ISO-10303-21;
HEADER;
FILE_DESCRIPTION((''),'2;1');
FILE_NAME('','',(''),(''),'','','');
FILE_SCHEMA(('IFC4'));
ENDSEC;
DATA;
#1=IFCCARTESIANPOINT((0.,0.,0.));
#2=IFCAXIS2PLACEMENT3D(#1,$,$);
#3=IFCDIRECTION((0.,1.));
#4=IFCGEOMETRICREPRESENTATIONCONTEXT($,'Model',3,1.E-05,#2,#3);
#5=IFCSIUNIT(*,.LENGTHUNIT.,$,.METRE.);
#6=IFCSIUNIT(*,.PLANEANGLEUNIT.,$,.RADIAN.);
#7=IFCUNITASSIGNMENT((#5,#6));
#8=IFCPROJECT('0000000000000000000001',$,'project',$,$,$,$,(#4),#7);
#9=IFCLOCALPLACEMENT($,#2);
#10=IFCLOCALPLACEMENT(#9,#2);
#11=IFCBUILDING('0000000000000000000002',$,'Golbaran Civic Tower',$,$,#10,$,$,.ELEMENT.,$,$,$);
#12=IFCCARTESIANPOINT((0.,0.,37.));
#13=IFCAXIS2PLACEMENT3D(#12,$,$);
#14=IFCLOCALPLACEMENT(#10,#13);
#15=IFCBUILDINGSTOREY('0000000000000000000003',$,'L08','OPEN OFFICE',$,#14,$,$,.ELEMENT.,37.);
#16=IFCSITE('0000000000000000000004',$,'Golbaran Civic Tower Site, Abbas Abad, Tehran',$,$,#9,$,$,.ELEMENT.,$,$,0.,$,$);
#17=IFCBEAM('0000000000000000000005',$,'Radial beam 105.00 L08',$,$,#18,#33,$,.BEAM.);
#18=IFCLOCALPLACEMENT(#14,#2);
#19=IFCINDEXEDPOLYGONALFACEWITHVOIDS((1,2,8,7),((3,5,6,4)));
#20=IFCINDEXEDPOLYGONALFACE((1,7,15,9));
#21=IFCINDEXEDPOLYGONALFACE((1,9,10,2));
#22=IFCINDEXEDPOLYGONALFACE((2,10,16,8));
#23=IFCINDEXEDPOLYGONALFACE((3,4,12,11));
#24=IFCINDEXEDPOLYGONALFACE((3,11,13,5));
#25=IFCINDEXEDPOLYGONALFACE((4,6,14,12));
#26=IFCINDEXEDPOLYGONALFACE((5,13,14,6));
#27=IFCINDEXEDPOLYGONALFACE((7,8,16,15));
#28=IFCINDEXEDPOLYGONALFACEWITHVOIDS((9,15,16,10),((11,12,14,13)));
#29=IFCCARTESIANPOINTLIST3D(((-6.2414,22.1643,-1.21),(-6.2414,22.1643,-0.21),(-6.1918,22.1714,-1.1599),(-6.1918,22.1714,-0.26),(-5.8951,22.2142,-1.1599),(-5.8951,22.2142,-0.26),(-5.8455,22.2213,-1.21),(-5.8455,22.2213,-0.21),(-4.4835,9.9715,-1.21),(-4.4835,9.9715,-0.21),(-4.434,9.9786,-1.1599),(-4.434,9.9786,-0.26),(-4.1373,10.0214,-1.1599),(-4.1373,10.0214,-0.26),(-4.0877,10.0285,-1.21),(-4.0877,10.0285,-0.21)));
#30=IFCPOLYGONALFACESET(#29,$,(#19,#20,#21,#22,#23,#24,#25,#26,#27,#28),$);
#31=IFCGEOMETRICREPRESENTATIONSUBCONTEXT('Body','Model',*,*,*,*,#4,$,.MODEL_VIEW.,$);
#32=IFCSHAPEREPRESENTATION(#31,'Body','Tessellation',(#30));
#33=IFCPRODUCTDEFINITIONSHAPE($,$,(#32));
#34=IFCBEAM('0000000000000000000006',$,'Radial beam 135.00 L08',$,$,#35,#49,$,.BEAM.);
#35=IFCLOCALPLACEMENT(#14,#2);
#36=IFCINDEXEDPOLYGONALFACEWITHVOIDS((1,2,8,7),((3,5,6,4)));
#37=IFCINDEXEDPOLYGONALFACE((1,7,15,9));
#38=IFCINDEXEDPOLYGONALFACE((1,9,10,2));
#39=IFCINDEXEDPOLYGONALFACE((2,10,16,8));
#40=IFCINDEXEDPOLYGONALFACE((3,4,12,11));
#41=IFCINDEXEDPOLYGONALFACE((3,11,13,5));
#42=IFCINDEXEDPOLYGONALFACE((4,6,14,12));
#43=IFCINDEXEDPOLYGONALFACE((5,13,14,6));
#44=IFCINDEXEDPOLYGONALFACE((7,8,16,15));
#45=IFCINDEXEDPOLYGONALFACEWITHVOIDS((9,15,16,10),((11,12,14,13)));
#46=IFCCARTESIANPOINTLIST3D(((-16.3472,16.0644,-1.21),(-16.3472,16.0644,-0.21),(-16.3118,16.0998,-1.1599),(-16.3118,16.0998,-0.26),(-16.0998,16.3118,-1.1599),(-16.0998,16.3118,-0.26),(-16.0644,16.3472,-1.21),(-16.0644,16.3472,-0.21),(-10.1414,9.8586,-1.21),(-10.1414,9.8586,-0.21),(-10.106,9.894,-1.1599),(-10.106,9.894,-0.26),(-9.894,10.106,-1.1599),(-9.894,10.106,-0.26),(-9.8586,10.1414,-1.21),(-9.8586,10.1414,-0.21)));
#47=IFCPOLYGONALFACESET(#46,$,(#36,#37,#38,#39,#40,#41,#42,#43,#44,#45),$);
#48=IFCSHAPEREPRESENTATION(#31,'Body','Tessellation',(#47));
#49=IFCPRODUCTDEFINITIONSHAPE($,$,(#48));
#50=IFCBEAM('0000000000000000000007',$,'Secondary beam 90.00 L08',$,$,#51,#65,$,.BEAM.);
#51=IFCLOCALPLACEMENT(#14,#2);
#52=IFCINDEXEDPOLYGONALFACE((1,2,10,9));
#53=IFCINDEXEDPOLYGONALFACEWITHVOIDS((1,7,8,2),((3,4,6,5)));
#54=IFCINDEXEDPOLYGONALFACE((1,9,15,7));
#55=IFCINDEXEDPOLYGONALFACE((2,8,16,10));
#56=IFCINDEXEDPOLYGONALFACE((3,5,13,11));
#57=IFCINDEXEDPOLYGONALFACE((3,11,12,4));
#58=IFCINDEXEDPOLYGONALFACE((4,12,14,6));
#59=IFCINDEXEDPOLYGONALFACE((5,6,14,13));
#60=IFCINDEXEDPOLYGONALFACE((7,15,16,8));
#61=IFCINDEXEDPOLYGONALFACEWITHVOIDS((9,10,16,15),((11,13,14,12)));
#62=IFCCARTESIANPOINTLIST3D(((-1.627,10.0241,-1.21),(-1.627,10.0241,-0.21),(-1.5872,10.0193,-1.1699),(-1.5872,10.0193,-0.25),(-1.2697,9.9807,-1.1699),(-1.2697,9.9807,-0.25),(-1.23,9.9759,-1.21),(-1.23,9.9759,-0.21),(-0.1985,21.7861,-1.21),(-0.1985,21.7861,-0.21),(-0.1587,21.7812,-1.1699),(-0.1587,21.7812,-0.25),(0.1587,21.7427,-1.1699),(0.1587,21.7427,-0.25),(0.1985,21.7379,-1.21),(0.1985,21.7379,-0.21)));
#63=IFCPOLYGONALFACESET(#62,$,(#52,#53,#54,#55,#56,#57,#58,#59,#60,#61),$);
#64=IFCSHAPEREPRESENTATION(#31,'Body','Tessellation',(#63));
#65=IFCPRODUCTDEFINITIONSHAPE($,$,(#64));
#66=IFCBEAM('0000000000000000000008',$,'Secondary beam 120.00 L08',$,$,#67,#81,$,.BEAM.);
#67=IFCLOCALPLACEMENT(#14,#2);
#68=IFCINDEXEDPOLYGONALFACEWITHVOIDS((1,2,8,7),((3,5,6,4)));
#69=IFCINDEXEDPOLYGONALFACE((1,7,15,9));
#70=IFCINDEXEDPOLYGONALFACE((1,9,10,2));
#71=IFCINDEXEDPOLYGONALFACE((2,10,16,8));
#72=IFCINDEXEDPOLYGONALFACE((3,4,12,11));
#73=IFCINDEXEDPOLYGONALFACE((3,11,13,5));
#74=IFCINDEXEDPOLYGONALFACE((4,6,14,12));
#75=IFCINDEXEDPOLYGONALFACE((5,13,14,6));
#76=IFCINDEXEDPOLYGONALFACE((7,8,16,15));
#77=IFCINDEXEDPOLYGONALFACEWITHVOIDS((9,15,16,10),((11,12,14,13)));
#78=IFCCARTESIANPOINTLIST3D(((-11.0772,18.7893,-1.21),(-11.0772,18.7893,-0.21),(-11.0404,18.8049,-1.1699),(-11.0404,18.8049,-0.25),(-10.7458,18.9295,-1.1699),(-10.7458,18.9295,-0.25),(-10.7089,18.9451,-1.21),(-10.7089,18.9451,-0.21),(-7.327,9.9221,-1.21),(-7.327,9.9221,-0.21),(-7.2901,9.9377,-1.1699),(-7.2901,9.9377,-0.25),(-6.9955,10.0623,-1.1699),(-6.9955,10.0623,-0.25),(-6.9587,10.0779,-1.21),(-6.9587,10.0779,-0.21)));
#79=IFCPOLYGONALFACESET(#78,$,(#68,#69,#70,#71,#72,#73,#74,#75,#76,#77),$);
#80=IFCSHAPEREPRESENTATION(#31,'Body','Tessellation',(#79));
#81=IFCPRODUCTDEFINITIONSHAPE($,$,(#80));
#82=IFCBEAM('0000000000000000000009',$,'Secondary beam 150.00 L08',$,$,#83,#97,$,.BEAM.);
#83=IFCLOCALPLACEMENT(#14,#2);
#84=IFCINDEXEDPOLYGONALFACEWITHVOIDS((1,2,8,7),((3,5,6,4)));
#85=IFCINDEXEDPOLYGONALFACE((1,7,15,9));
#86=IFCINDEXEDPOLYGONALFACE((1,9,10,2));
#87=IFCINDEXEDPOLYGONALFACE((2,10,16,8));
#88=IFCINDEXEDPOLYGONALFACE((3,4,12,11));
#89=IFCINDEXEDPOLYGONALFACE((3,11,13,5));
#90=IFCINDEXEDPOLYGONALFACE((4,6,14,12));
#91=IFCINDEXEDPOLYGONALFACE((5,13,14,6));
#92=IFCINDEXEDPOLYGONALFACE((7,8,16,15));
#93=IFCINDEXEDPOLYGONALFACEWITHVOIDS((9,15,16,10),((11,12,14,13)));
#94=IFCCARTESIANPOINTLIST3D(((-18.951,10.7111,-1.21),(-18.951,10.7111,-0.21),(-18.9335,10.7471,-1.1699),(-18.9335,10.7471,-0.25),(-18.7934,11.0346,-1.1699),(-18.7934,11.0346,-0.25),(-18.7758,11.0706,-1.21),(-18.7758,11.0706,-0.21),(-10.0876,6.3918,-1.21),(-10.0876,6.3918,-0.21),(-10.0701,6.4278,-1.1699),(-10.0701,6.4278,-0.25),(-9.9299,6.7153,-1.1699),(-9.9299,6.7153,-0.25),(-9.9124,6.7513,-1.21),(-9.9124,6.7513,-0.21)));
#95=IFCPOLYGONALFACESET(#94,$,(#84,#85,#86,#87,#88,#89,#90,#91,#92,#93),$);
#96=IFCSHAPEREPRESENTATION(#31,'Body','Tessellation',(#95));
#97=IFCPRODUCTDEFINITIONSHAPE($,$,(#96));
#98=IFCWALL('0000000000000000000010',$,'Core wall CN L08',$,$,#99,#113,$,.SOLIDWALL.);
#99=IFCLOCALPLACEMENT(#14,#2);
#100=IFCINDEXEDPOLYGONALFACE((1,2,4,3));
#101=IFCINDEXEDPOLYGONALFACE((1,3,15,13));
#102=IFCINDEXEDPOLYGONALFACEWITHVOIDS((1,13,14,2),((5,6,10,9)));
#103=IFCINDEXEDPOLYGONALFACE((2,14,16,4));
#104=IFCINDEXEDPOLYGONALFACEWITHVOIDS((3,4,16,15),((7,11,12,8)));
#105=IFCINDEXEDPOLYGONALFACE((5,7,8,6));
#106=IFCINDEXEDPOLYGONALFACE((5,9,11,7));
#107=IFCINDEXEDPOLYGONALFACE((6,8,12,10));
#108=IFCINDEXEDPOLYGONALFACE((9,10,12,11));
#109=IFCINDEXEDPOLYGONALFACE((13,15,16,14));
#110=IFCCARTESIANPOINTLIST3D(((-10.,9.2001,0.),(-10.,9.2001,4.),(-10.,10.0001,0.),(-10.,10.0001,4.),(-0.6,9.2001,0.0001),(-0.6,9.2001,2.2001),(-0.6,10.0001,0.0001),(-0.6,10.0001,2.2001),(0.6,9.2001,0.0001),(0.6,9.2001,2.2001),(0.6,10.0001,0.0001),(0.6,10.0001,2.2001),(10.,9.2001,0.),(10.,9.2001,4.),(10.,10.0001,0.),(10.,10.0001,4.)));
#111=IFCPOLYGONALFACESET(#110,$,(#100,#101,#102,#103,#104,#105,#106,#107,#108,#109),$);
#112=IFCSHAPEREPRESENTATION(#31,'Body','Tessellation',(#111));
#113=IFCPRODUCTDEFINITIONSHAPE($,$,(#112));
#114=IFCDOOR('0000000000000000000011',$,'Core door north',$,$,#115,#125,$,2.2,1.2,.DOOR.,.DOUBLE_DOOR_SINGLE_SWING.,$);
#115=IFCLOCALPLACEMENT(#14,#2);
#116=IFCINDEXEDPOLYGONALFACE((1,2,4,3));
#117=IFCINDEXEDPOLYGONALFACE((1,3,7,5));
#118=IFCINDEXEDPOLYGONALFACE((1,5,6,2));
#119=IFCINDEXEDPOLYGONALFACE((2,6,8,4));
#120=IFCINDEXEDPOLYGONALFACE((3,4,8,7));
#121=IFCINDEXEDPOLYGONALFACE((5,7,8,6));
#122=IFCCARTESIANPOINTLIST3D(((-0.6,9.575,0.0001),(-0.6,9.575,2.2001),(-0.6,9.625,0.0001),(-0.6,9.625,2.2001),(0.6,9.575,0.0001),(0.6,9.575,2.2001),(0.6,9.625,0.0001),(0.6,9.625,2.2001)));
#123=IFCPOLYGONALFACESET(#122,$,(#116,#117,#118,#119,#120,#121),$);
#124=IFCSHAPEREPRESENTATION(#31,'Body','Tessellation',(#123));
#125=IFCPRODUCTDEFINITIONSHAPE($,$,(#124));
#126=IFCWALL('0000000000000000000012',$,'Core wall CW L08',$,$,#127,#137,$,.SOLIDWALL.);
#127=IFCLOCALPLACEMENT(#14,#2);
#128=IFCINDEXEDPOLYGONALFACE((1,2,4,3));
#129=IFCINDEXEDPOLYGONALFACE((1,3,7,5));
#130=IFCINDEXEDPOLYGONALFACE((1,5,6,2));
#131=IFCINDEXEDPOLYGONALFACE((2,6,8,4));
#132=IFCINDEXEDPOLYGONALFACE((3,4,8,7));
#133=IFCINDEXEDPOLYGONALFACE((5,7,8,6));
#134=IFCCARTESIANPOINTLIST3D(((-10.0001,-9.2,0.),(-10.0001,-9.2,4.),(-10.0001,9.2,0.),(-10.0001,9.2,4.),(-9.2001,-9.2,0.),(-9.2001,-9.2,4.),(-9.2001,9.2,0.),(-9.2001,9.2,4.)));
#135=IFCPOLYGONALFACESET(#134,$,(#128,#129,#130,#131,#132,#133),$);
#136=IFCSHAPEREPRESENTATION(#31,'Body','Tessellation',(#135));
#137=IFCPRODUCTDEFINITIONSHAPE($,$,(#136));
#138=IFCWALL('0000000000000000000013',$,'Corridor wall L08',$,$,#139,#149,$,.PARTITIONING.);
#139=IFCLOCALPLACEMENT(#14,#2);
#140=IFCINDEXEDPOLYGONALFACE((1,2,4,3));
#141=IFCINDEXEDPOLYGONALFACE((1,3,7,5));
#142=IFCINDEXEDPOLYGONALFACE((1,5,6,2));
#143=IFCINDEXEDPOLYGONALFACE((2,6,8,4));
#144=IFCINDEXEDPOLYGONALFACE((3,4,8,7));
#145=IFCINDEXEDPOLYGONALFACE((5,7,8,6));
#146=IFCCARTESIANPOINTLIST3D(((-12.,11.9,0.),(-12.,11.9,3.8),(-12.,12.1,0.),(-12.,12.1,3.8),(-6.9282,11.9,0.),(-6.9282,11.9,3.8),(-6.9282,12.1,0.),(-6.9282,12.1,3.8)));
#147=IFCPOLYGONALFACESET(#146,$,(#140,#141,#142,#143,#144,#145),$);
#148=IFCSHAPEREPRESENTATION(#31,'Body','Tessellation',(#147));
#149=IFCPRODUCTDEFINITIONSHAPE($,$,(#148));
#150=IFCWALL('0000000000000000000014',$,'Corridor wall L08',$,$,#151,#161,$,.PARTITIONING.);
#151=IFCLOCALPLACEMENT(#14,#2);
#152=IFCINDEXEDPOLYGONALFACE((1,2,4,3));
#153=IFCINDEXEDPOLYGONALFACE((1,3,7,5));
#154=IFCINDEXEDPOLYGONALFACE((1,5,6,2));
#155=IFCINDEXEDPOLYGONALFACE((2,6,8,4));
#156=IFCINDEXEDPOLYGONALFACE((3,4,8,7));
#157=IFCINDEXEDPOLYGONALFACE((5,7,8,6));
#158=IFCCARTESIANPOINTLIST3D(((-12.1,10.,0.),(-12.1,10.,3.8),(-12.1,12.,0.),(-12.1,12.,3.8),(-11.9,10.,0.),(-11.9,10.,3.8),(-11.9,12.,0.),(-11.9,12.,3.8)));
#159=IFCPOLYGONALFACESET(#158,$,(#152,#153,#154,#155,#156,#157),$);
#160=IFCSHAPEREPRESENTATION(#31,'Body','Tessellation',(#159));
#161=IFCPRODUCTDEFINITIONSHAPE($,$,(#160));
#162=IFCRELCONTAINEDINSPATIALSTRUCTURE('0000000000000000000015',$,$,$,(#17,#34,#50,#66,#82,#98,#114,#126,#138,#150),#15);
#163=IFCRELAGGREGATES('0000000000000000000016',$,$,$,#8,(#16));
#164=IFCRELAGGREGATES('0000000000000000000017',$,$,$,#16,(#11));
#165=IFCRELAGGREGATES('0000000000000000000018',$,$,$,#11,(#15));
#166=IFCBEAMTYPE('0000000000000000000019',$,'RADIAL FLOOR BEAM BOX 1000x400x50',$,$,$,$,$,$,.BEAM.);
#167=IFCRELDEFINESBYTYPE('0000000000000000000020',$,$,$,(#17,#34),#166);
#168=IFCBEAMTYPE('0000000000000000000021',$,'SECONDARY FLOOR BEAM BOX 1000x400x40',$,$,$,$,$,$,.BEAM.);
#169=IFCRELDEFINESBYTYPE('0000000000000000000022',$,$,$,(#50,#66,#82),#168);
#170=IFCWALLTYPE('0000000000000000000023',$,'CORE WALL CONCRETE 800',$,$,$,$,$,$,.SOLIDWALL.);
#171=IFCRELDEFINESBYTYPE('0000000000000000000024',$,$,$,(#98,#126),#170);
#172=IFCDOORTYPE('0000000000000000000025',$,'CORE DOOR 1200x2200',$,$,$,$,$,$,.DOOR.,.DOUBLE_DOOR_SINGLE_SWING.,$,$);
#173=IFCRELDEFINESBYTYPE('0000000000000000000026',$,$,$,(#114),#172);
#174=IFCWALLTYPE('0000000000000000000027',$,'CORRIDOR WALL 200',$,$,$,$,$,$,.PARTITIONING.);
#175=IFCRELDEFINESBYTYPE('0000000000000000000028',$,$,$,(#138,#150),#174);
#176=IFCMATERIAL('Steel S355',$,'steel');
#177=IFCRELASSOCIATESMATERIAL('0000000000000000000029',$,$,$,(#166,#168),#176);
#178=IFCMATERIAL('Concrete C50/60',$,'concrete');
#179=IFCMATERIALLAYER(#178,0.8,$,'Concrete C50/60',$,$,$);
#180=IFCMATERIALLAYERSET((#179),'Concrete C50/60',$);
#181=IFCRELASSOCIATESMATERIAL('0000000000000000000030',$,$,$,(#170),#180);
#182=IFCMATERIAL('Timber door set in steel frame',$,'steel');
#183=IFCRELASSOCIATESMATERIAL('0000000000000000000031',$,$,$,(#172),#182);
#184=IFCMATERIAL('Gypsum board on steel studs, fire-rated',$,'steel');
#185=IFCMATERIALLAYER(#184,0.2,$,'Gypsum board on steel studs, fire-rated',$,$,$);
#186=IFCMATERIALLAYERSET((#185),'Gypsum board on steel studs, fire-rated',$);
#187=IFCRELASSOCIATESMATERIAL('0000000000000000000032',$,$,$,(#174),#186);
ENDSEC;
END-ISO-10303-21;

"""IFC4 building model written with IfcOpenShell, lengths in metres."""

from ifc_helpers import new_model, si_unit, direction, frame, frame_2d, origin, origin_2d, place, context, subcontext, project, spatial, rectangle, hollow_rectangle, extrude, material, layer, layer_set, material_profile, profile_set, type_object, element, fill, save


model = new_model("IFC4")

# Units and contexts
model_context = context("Model", 3, precision=1e-05, world=origin(), true_north=direction((0.0, 1.0)))
body_context = subcontext(model_context, "Body", "Model", "MODEL_VIEW")
ifc_project = project(units=[si_unit("LENGTHUNIT", "METRE"), si_unit("PLANEANGLEUNIT", "RADIAN")], contexts=[model_context])

# Site, building, storey
site_placement = place(None, origin())
site = spatial("IfcSite", under=ifc_project, at=site_placement, Name="Golbaran Civic Tower Site, Abbas Abad, Tehran", CompositionType="ELEMENT", RefElevation=0.0)
building_placement = place(site_placement, origin())
building = spatial("IfcBuilding", under=site, at=building_placement, Name="Golbaran Civic Tower", CompositionType="ELEMENT")
storey_placement = place(building_placement, frame((0.0, 0.0, 37.0)))
storey = spatial("IfcBuildingStorey", under=building, at=storey_placement, Name="L08", Description="OPEN OFFICE", CompositionType="ELEMENT", Elevation=37.0)

# Beams
ifc_material_1 = material(Name="Steel S355", Category="steel")
ifc_material_profile_1 = material_profile(ifc_material_1, hollow_rectangle(XDim=0.3999, YDim=1.0, WallThickness=0.05, at=origin_2d()), Name="BOX 1000x400x50")
ifc_profile_set_1 = profile_set([ifc_material_profile_1], Name="Steel S355")
beam_type_1 = type_object("IfcBeamType", Name="RADIAL FLOOR BEAM BOX 1000x400x50", PredefinedType="BEAM", material=ifc_profile_set_1)
beam_1_placement = place(storey_placement, frame((-4.2856, 10.0, -0.71), z_axis=(-0.142692, 0.989767, 0.0), x_axis=(-0.989767, -0.142692, 0.0)))
element("IfcBeam", 1, at=beam_1_placement, inside=storey, type_object=beam_type_1, Name="Radial beam 105.00 L08", PredefinedType="BEAM", context=body_context, shape_type="SweptSolid", body=[
    extrude(hollow_rectangle(XDim=0.3999, YDim=1.0, WallThickness=0.05, at=origin_2d()), origin(), (0.0, 0.0, 1.0), 12.3188),
])
beam_2_placement = place(storey_placement, frame((-10.0, 10.0, -0.71), z_axis=(-0.707107, 0.707107, 0.0), x_axis=(-0.707107, -0.707107, 0.0)))
element("IfcBeam", 2, at=beam_2_placement, inside=storey, type_object=beam_type_1, Name="Radial beam 135.00 L08", PredefinedType="BEAM", context=body_context, shape_type="SweptSolid", body=[
    extrude(hollow_rectangle(XDim=0.3999, YDim=1.0, WallThickness=0.05, at=origin_2d()), origin(), (0.0, 0.0, 1.0), 8.7764),
])
ifc_material_profile_2 = material_profile(ifc_material_1, hollow_rectangle(XDim=0.3999, YDim=1.0, WallThickness=0.04, at=origin_2d()), Name="BOX 1000x400x40")
ifc_profile_set_2 = profile_set([ifc_material_profile_2], Name="Steel S355")
beam_type_2 = type_object("IfcBeamType", Name="SECONDARY FLOOR BEAM BOX 1000x400x40", PredefinedType="BEAM", material=ifc_profile_set_2)
beam_3_placement = place(storey_placement, frame((-1.4285, 10.0, -0.71), z_axis=(0.120562, 0.992706, 0.0), x_axis=(-0.992706, 0.120562, 0.0)))
element("IfcBeam", 3, at=beam_3_placement, inside=storey, type_object=beam_type_2, Name="Secondary beam 90.00 L08", PredefinedType="BEAM", context=body_context, shape_type="SweptSolid", body=[
    extrude(hollow_rectangle(XDim=0.3999, YDim=1.0, WallThickness=0.04, at=origin_2d()), origin(), (0.0, 0.0, 1.0), 11.8484),
])
beam_4_placement = place(storey_placement, frame((-7.1428, 10.0, -0.71), z_axis=(-0.389529, 0.921014, 0.0), x_axis=(-0.921014, -0.389529, 0.0)))
element("IfcBeam", 4, at=beam_4_placement, inside=storey, type_object=beam_type_2, Name="Secondary beam 120.00 L08", PredefinedType="BEAM", context=body_context, shape_type="SweptSolid", body=[
    extrude(hollow_rectangle(XDim=0.3999, YDim=1.0, WallThickness=0.04, at=origin_2d()), origin(), (0.0, 0.0, 1.0), 9.6277),
])
beam_5_placement = place(storey_placement, frame((-10.0, 6.5715, -0.71), z_axis=(-0.898942, 0.438068, 0.0), x_axis=(-0.438068, -0.898942, 0.0)))
element("IfcBeam", 5, at=beam_5_placement, inside=storey, type_object=beam_type_2, Name="Secondary beam 150.00 L08", PredefinedType="BEAM", context=body_context, shape_type="SweptSolid", body=[
    extrude(hollow_rectangle(XDim=0.3999, YDim=1.0, WallThickness=0.04, at=origin_2d()), origin(), (0.0, 0.0, 1.0), 9.8599),
])

# Wall, opening, door
ifc_material_2 = material(Name="Concrete C50/60", Category="concrete")
ifc_layer_1 = layer(ifc_material_2, 0.8, Name="Concrete C50/60")
ifc_layer_set_1 = layer_set([ifc_layer_1], Name="Concrete C50/60")
wall_type_1 = type_object("IfcWallType", Name="CORE WALL CONCRETE 800", PredefinedType="SOLIDWALL", material=ifc_layer_set_1)
wall_1_placement = place(storey_placement, frame((-10.0, 9.6001, 0.0), z_axis=(0.0, 0.0, 1.0), x_axis=(1.0, 0.0, 0.0)))
wall_1 = element("IfcWall", 6, at=wall_1_placement, inside=storey, type_object=wall_type_1, Name="Core wall CN L08", PredefinedType="SOLIDWALL", context=body_context, shape_type="SweptSolid", body=[
    extrude(rectangle(XDim=20.0, YDim=0.8, at=frame_2d((10.0, 0.0))), origin(), (0.0, 0.0, 1.0), 4.0),
])
opening_1_placement = place(wall_1_placement, frame((9.3999, 0.0, 0.0)))
opening_1 = element("IfcOpeningElement", 7, at=opening_1_placement, cuts=wall_1, PredefinedType="OPENING", context=body_context, shape_type="SweptSolid", body=[
    extrude(rectangle(XDim=1.2, YDim=2.2, at=frame_2d((0.6001, 1.1001))), frame((0.0, 0.4099, 0.0), z_axis=(0.0, -1.0, 0.0), x_axis=(1.0, 0.0, 0.0)), (0.0, 0.0, 1.0), 0.8201),
])
ifc_material_3 = material(Name="Timber door set in steel frame", Category="steel")
door_type_1 = type_object("IfcDoorType", Name="CORE DOOR 1200x2200", OperationType="DOUBLE_DOOR_SINGLE_SWING", PredefinedType="DOOR", material=ifc_material_3)
door_1_placement = place(opening_1_placement, origin())
door_1 = element("IfcDoor", 8, at=door_1_placement, inside=storey, type_object=door_type_1, Name="Core door north", OperationType="DOUBLE_DOOR_SINGLE_SWING", OverallHeight=2.2, OverallWidth=1.2, PredefinedType="DOOR", context=body_context, shape_type="SweptSolid", body=[
    extrude(rectangle(XDim=1.2, YDim=2.2, at=frame_2d((0.6001, 1.1001))), frame((0.0, 0.0249, 0.0), z_axis=(0.0, -1.0, 0.0), x_axis=(1.0, 0.0, 0.0)), (0.0, 0.0, 1.0), 0.05),
])
fill(opening_1, door_1)

# Walls
wall_2_placement = place(storey_placement, frame((-9.6001, 9.2, 0.0), z_axis=(0.0, 0.0, 1.0), x_axis=(0.0, -1.0, 0.0)))
element("IfcWall", 9, at=wall_2_placement, inside=storey, type_object=wall_type_1, Name="Core wall CW L08", PredefinedType="SOLIDWALL", context=body_context, shape_type="SweptSolid", body=[
    extrude(rectangle(XDim=18.3999, YDim=0.8, at=frame_2d((9.2, 0.0))), origin(), (0.0, 0.0, 1.0), 4.0),
])
ifc_material_4 = material(Name="Gypsum board on steel studs, fire-rated", Category="steel")
ifc_layer_2 = layer(ifc_material_4, 0.2, Name="Gypsum board on steel studs, fire-rated")
ifc_layer_set_2 = layer_set([ifc_layer_2], Name="Gypsum board on steel studs, fire-rated")
wall_type_2 = type_object("IfcWallType", Name="CORRIDOR WALL 200", PredefinedType="PARTITIONING", material=ifc_layer_set_2)
wall_3_placement = place(storey_placement, frame((-6.9282, 12.0, 0.0), z_axis=(0.0, 0.0, 1.0), x_axis=(-1.0, 0.0, 0.0)))
element("IfcWall", 10, at=wall_3_placement, inside=storey, type_object=wall_type_2, Name="Corridor wall L08", PredefinedType="PARTITIONING", context=body_context, shape_type="SweptSolid", body=[
    extrude(rectangle(XDim=5.0718, YDim=0.2, at=frame_2d((2.5359, 0.0))), origin(), (0.0, 0.0, 1.0), 3.8),
])
wall_4_placement = place(storey_placement, frame((-12.0, 12.0, 0.0), z_axis=(0.0, 0.0, 1.0), x_axis=(0.0, -1.0, 0.0)))
element("IfcWall", 11, at=wall_4_placement, inside=storey, type_object=wall_type_2, Name="Corridor wall L08", PredefinedType="PARTITIONING", context=body_context, shape_type="SweptSolid", body=[
    extrude(rectangle(XDim=2.0, YDim=0.2, at=frame_2d((1.0, 0.0))), origin(), (0.0, 0.0, 1.0), 3.8),
])

save(model, "model.ifc")
